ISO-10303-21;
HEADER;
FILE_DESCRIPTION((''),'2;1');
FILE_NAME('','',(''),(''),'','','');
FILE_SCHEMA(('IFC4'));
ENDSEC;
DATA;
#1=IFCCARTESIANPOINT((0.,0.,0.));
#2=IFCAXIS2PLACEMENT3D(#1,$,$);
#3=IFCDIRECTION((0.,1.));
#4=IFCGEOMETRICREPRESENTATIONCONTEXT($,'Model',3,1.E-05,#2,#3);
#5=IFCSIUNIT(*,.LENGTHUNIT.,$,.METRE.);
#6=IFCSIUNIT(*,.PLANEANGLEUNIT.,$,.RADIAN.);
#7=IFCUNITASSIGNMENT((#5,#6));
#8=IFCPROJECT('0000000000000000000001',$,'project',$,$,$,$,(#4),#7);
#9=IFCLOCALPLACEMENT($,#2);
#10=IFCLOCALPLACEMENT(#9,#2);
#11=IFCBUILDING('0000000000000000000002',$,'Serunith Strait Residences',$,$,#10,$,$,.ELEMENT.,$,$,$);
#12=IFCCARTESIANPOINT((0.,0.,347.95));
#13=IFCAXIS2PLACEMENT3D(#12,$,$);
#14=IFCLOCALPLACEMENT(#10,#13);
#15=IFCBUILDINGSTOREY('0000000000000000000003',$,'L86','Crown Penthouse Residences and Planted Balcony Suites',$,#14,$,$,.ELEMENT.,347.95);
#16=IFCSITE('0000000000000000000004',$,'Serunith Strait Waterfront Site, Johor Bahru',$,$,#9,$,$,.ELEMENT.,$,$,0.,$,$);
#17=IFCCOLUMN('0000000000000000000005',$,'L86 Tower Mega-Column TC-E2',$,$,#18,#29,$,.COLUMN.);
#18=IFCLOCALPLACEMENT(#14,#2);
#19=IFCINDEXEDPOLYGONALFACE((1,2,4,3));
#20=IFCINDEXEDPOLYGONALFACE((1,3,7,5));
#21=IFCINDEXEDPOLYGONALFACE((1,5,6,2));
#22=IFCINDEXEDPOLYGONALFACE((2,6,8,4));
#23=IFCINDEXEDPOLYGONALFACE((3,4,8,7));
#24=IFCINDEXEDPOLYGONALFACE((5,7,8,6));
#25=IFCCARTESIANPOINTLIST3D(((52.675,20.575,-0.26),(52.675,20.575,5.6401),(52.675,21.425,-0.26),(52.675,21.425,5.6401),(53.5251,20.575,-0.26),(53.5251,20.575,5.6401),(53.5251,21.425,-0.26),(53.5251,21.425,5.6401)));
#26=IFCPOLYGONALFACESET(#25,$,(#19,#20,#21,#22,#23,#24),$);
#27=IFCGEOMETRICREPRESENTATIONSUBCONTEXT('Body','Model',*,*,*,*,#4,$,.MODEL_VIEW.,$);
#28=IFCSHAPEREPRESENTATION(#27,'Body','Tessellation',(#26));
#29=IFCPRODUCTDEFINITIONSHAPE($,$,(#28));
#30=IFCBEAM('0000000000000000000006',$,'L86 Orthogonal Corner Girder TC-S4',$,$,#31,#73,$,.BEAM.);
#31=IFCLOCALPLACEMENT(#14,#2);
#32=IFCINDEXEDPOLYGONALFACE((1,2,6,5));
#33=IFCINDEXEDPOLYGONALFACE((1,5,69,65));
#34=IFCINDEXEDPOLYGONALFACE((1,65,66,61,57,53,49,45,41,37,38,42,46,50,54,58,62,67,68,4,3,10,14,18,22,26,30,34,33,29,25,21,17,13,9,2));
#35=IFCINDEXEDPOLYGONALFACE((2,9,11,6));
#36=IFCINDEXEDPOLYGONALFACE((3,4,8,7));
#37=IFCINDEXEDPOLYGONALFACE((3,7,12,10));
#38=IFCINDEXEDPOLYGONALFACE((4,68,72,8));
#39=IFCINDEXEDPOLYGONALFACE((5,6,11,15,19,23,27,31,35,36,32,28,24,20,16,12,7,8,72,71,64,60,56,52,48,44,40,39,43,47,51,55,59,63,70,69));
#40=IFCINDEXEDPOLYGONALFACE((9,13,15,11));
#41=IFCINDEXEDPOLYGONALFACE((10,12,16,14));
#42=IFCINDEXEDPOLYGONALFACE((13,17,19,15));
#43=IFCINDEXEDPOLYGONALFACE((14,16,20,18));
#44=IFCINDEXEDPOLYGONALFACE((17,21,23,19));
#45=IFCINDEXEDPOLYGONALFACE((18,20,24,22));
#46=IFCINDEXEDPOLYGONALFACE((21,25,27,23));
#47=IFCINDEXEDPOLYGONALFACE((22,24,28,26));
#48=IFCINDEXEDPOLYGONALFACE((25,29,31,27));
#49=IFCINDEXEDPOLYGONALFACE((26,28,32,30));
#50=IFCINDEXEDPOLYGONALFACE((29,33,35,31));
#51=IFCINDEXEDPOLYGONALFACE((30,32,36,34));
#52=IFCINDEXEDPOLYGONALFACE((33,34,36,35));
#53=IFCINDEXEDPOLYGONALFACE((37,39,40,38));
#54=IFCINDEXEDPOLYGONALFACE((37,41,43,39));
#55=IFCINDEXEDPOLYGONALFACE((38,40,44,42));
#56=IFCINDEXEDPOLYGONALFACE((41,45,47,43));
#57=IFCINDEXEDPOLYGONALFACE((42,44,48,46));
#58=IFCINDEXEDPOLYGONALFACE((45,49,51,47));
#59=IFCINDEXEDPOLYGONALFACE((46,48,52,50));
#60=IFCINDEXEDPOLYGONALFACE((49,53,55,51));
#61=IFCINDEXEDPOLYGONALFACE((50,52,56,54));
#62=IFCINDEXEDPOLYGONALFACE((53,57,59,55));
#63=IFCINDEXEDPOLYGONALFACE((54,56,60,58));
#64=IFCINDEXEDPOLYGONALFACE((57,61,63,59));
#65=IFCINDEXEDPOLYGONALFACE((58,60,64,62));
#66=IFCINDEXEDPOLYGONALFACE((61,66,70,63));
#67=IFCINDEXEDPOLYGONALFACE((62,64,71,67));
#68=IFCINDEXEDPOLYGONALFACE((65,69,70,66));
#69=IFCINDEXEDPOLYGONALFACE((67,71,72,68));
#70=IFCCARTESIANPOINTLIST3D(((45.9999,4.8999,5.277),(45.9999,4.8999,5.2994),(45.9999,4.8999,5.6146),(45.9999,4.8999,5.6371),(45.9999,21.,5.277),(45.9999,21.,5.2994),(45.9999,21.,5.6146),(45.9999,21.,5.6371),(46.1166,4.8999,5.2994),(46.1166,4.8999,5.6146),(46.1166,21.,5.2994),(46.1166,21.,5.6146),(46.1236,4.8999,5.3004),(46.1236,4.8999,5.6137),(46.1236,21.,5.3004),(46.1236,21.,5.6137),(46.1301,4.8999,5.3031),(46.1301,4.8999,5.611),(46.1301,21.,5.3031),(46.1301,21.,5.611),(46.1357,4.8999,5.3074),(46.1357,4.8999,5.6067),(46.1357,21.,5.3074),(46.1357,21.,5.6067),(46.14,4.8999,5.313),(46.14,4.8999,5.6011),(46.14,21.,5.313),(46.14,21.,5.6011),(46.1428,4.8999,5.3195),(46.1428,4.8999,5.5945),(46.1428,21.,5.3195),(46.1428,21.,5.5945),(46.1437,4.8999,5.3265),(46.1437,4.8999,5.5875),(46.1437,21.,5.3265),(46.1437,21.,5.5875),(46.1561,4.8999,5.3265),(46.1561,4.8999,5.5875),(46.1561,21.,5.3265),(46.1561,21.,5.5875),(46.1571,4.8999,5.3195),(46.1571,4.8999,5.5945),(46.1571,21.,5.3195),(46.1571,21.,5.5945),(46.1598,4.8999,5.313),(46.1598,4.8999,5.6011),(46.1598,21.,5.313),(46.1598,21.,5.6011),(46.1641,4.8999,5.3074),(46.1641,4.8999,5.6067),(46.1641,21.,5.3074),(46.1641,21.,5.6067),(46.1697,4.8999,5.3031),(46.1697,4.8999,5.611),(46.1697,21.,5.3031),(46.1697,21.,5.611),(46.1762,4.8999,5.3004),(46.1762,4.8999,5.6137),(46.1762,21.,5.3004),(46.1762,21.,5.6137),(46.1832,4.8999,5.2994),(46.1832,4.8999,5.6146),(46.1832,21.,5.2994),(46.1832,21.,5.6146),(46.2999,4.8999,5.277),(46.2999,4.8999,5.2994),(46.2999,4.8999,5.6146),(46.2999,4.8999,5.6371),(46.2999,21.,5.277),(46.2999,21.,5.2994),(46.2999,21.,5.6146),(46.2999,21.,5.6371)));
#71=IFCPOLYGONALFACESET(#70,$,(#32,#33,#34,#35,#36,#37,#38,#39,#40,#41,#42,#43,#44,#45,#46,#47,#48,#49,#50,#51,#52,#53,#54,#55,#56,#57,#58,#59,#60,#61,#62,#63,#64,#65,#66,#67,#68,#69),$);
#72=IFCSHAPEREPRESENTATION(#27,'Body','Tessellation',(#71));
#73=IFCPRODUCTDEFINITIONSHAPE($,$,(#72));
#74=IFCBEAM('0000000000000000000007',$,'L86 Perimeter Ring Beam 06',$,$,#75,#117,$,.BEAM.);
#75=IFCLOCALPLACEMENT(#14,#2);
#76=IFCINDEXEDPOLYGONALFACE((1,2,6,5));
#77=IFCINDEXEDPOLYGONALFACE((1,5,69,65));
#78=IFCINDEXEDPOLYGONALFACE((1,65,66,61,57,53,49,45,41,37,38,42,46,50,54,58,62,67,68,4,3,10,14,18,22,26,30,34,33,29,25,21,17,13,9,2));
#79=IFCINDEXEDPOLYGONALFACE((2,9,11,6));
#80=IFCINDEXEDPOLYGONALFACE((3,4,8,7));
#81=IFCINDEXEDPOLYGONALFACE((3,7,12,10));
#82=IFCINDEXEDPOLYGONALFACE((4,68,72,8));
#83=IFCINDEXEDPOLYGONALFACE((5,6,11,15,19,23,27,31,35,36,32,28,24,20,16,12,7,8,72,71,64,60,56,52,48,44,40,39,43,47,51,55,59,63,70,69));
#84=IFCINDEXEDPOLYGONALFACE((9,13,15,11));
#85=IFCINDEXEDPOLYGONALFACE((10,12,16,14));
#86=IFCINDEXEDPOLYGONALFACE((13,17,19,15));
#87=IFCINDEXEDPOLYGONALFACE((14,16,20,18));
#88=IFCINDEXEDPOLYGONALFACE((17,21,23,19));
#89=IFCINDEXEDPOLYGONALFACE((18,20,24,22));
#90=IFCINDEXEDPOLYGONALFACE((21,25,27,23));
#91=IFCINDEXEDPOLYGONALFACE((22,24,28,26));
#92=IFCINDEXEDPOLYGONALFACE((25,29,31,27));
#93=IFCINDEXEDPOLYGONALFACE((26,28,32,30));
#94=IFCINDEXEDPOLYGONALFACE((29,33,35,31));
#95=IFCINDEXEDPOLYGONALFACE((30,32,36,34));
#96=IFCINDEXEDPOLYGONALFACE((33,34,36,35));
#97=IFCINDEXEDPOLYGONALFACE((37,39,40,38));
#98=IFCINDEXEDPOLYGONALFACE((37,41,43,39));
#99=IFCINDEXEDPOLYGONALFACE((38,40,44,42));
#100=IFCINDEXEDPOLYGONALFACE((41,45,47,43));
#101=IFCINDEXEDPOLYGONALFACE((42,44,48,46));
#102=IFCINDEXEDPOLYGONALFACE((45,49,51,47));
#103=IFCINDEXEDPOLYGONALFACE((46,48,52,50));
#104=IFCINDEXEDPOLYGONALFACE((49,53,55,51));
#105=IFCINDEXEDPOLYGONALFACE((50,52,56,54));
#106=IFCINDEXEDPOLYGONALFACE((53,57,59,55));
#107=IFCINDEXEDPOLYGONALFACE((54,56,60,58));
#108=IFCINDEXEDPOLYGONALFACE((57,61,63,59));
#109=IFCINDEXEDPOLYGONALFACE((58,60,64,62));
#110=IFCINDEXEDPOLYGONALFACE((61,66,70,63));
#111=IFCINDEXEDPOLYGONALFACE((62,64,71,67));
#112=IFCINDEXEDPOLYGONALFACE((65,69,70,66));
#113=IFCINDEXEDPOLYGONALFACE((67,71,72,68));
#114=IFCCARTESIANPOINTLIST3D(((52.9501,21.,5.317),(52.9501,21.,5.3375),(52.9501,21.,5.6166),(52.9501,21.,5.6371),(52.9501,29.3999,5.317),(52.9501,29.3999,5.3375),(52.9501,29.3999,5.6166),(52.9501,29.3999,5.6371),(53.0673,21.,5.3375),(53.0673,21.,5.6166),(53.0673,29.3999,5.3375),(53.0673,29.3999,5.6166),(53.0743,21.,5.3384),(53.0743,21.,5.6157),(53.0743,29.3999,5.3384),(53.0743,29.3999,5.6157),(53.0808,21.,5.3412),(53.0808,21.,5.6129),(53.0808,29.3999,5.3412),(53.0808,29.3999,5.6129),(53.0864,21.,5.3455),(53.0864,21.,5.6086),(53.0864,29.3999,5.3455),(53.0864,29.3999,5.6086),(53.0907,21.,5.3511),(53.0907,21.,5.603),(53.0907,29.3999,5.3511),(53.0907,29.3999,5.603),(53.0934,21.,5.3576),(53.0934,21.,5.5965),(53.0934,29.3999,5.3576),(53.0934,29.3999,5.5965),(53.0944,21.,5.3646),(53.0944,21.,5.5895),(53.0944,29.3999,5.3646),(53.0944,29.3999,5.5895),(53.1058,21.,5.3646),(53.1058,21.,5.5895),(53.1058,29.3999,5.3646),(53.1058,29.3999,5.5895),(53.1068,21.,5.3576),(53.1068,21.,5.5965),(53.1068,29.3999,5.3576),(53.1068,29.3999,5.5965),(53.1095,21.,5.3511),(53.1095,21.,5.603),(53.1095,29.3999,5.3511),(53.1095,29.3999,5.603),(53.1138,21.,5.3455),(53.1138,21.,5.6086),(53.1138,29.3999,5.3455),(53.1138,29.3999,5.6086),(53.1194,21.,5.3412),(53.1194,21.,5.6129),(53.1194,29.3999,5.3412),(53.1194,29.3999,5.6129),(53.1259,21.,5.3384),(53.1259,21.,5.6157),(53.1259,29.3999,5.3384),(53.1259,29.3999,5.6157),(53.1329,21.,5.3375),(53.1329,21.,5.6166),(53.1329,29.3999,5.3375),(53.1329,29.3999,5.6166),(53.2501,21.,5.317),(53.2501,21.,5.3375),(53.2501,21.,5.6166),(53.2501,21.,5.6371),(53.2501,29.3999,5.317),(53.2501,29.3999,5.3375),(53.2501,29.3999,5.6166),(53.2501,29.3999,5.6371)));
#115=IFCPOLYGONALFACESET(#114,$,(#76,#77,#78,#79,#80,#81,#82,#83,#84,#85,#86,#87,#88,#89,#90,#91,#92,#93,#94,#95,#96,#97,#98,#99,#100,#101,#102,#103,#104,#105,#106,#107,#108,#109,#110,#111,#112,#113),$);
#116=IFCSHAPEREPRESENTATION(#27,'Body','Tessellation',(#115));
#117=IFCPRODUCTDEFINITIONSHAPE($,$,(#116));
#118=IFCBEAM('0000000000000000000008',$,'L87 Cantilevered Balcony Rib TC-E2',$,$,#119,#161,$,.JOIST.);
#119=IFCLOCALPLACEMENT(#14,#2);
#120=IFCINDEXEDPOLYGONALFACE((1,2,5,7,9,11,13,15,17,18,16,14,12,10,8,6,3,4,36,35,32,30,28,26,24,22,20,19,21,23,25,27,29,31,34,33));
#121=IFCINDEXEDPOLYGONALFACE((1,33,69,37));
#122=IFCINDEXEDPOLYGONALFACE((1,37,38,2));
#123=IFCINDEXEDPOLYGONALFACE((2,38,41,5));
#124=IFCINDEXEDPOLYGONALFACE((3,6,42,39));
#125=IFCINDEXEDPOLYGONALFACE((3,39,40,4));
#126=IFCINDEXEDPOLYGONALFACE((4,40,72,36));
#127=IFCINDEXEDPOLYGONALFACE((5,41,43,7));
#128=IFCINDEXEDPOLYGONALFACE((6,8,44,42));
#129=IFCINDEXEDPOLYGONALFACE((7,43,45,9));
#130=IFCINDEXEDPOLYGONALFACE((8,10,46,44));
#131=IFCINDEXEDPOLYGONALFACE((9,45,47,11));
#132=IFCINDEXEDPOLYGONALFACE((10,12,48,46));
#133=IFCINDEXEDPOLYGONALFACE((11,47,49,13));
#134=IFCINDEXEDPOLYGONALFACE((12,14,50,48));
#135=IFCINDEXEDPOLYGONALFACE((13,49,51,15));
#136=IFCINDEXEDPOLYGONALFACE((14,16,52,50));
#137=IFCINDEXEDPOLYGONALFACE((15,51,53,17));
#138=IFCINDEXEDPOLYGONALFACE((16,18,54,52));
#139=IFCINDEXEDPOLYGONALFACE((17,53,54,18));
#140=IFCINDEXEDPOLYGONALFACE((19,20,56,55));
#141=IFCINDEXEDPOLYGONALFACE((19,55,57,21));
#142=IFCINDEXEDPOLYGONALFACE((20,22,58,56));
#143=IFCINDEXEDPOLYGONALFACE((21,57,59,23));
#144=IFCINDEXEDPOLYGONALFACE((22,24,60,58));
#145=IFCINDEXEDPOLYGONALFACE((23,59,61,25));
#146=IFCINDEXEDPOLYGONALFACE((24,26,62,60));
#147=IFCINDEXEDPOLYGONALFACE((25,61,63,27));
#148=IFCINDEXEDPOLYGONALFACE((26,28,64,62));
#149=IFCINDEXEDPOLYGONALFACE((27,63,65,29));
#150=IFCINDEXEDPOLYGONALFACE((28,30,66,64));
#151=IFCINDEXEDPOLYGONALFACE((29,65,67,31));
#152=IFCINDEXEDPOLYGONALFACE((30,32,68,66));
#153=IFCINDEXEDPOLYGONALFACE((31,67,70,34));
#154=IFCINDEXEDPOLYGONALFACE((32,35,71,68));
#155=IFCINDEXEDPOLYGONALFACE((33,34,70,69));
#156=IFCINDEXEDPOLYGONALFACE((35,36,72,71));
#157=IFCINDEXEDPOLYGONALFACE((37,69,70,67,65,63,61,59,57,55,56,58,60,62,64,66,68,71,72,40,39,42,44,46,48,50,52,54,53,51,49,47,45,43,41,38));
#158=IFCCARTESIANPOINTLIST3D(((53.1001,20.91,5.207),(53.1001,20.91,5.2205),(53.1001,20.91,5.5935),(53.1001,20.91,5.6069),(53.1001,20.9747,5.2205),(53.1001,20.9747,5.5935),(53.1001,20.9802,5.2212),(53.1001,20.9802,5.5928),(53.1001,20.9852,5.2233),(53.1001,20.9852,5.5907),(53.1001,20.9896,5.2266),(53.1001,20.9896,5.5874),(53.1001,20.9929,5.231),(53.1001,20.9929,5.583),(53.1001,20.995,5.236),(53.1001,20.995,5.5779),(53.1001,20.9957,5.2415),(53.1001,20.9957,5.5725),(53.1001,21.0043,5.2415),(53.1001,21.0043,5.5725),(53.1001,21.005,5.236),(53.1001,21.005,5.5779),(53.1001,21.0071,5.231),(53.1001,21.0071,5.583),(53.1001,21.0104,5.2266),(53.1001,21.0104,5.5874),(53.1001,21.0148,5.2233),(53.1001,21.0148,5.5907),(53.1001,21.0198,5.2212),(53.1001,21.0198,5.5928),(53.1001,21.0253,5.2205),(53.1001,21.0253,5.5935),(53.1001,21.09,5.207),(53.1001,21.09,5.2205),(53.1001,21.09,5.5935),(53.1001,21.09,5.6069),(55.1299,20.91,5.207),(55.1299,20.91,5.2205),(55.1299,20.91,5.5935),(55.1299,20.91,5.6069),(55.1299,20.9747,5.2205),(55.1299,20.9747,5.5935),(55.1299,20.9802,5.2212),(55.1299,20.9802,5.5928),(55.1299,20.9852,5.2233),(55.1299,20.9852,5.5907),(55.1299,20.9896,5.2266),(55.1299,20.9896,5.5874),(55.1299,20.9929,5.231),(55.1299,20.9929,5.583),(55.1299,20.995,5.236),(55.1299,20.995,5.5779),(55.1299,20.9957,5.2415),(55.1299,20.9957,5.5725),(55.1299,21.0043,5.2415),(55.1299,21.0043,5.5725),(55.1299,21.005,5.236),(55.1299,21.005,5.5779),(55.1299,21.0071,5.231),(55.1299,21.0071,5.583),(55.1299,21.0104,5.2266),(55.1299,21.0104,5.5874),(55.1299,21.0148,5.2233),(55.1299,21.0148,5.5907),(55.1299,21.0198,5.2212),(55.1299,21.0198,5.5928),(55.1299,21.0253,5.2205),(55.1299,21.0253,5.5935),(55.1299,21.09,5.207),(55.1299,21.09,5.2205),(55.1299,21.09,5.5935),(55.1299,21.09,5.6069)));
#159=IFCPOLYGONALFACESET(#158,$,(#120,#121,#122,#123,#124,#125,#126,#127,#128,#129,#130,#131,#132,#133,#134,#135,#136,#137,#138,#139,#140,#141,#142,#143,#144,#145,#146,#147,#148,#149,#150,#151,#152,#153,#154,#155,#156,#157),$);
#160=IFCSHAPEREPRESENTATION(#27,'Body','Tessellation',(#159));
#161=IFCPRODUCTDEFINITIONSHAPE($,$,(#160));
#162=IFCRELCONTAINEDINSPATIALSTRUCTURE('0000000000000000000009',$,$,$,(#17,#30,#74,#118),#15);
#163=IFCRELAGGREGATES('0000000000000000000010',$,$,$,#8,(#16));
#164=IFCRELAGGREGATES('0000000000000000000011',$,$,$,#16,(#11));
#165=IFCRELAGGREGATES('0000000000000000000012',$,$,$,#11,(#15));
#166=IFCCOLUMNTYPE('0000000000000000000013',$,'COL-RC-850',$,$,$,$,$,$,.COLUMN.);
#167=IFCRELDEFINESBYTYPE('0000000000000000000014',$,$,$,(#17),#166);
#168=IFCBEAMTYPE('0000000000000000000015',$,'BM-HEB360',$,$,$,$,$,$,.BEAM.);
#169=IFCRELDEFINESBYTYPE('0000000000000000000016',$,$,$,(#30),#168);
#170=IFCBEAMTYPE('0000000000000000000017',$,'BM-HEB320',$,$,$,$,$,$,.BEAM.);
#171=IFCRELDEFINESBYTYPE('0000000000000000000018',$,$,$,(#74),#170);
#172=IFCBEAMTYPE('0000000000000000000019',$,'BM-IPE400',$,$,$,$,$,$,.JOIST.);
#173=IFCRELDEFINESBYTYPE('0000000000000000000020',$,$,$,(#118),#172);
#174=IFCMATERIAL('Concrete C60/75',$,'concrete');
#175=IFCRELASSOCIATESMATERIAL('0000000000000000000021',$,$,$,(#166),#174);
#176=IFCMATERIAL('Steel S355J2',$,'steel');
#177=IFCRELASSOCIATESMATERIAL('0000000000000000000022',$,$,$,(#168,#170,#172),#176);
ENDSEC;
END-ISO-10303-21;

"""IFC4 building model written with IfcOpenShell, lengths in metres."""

from ifc_helpers import new_model, si_unit, direction, frame, origin, origin_2d, place, context, subcontext, project, spatial, rectangle, i_section, extrude, source, transform, mapped, material, material_profile, profile_set, type_object, element, save


model = new_model("IFC4")

# Units and contexts
model_context = context("Model", 3, precision=1e-05, world=origin(), true_north=direction((0.0, 1.0)))
body_context = subcontext(model_context, "Body", "Model", "MODEL_VIEW")
ifc_project = project(units=[si_unit("LENGTHUNIT", "METRE"), si_unit("PLANEANGLEUNIT", "RADIAN")], contexts=[model_context])

# Site, building, storey
site_placement = place(None, origin())
site = spatial("IfcSite", under=ifc_project, at=site_placement, Name="Serunith Strait Waterfront Site, Johor Bahru", CompositionType="ELEMENT", RefElevation=0.0)
building_placement = place(site_placement, origin())
building = spatial("IfcBuilding", under=site, at=building_placement, Name="Serunith Strait Residences", CompositionType="ELEMENT")
storey_placement = place(building_placement, frame((0.0, 0.0, 347.95)))
storey = spatial("IfcBuildingStorey", under=building, at=storey_placement, Name="L86", Description="Crown Penthouse Residences and Planted Balcony Suites", CompositionType="ELEMENT", Elevation=347.95)

# Column
ifc_material_1 = material(Name="Concrete C60/75", Category="concrete")
ifc_material_profile_1 = material_profile(ifc_material_1, rectangle(XDim=0.8501, YDim=0.8501, at=origin_2d()), Name="RC 850x850")
ifc_profile_set_1 = profile_set([ifc_material_profile_1], Name="Concrete C60/75")
column_type = type_object("IfcColumnType", Name="COL-RC-850", PredefinedType="COLUMN", material=ifc_profile_set_1)
shared_shape_1 = source(origin(), body_context, "Body", "SweptSolid", [
    extrude(rectangle(XDim=0.8501, YDim=0.8501, at=origin_2d()), origin(), (0.0, 0.0, 1.0), 5.9001),
])
column_placement = place(storey_placement, frame((53.1001, 21.0, -0.26), z_axis=(0.0, 0.0, 1.0), x_axis=(1.0, 0.0, 0.0)))
element("IfcColumn", 1, at=column_placement, inside=storey, type_object=column_type, Name="L86 Tower Mega-Column TC-E2", PredefinedType="COLUMN", context=body_context, shape_type="MappedRepresentation", body=[
    mapped(shared_shape_1, transform((0.0, 0.0, 0.0), scale=1.0)),
])

# Beams
ifc_material_2 = material(Name="Steel S355J2", Category="steel")
ifc_material_profile_2 = material_profile(ifc_material_2, i_section(OverallWidth=0.3, OverallDepth=0.3601, WebThickness=0.0125, FlangeThickness=0.0225, FilletRadius=0.0271, at=origin_2d()), Name="HEB 360")
ifc_profile_set_2 = profile_set([ifc_material_profile_2], Name="Steel S355J2")
beam_type_1 = type_object("IfcBeamType", Name="BM-HEB360", PredefinedType="BEAM", material=ifc_profile_set_2)
shared_shape_2 = source(origin(), body_context, "Body", "SweptSolid", [
    extrude(i_section(OverallWidth=0.3, OverallDepth=0.3601, WebThickness=0.0125, FlangeThickness=0.0225, FilletRadius=0.0271, at=origin_2d()), origin(), (0.0, 0.0, 1.0), 16.1001),
])
beam_1_placement = place(storey_placement, frame((46.1499, 21.0, 5.457), z_axis=(0.0, -1.0, 0.0), x_axis=(1.0, 0.0, 0.0)))
element("IfcBeam", 2, at=beam_1_placement, inside=storey, type_object=beam_type_1, Name="L86 Orthogonal Corner Girder TC-S4", PredefinedType="BEAM", context=body_context, shape_type="MappedRepresentation", body=[
    mapped(shared_shape_2, transform((0.0, 0.0, 0.0), scale=1.0)),
])
ifc_material_profile_3 = material_profile(ifc_material_2, i_section(OverallWidth=0.3, OverallDepth=0.3201, WebThickness=0.0115, FlangeThickness=0.0205, FilletRadius=0.0271, at=origin_2d()), Name="HEB 320")
ifc_profile_set_3 = profile_set([ifc_material_profile_3], Name="Steel S355J2")
beam_type_2 = type_object("IfcBeamType", Name="BM-HEB320", PredefinedType="BEAM", material=ifc_profile_set_3)
shared_shape_3 = source(origin(), body_context, "Body", "SweptSolid", [
    extrude(i_section(OverallWidth=0.3, OverallDepth=0.3201, WebThickness=0.0115, FlangeThickness=0.0205, FilletRadius=0.0271, at=origin_2d()), origin(), (0.0, 0.0, 1.0), 8.3999),
])
beam_2_placement = place(storey_placement, frame((53.1001, 21.0, 5.4771), z_axis=(0.0, 1.0, 0.0), x_axis=(-1.0, 0.0, 0.0)))
element("IfcBeam", 3, at=beam_2_placement, inside=storey, type_object=beam_type_2, Name="L86 Perimeter Ring Beam 06", PredefinedType="BEAM", context=body_context, shape_type="MappedRepresentation", body=[
    mapped(shared_shape_3, transform((0.0, 0.0, 0.0), scale=1.0)),
])
ifc_material_profile_4 = material_profile(ifc_material_2, i_section(OverallWidth=0.1799, OverallDepth=0.3999, WebThickness=0.0085, FlangeThickness=0.0134, FilletRadius=0.021, at=origin_2d()), Name="IPE 400")
ifc_profile_set_4 = profile_set([ifc_material_profile_4], Name="Steel S355J2")
beam_type_3 = type_object("IfcBeamType", Name="BM-IPE400", PredefinedType="JOIST", material=ifc_profile_set_4)
shared_shape_4 = source(origin(), body_context, "Body", "SweptSolid", [
    extrude(i_section(OverallWidth=0.1799, OverallDepth=0.3999, WebThickness=0.0085, FlangeThickness=0.0134, FilletRadius=0.021, at=origin_2d()), origin(), (0.0, 0.0, 1.0), 2.0298),
])
beam_3_placement = place(storey_placement, frame((53.1001, 21.0, 5.407), z_axis=(1.0, 0.0, 0.0), x_axis=(0.0, 1.0, 0.0)))
element("IfcBeam", 4, at=beam_3_placement, inside=storey, type_object=beam_type_3, Name="L87 Cantilevered Balcony Rib TC-E2", PredefinedType="JOIST", context=body_context, shape_type="MappedRepresentation", body=[
    mapped(shared_shape_4, transform((0.0, 0.0, 0.0), scale=1.0)),
])

save(model, "model.ifc")
